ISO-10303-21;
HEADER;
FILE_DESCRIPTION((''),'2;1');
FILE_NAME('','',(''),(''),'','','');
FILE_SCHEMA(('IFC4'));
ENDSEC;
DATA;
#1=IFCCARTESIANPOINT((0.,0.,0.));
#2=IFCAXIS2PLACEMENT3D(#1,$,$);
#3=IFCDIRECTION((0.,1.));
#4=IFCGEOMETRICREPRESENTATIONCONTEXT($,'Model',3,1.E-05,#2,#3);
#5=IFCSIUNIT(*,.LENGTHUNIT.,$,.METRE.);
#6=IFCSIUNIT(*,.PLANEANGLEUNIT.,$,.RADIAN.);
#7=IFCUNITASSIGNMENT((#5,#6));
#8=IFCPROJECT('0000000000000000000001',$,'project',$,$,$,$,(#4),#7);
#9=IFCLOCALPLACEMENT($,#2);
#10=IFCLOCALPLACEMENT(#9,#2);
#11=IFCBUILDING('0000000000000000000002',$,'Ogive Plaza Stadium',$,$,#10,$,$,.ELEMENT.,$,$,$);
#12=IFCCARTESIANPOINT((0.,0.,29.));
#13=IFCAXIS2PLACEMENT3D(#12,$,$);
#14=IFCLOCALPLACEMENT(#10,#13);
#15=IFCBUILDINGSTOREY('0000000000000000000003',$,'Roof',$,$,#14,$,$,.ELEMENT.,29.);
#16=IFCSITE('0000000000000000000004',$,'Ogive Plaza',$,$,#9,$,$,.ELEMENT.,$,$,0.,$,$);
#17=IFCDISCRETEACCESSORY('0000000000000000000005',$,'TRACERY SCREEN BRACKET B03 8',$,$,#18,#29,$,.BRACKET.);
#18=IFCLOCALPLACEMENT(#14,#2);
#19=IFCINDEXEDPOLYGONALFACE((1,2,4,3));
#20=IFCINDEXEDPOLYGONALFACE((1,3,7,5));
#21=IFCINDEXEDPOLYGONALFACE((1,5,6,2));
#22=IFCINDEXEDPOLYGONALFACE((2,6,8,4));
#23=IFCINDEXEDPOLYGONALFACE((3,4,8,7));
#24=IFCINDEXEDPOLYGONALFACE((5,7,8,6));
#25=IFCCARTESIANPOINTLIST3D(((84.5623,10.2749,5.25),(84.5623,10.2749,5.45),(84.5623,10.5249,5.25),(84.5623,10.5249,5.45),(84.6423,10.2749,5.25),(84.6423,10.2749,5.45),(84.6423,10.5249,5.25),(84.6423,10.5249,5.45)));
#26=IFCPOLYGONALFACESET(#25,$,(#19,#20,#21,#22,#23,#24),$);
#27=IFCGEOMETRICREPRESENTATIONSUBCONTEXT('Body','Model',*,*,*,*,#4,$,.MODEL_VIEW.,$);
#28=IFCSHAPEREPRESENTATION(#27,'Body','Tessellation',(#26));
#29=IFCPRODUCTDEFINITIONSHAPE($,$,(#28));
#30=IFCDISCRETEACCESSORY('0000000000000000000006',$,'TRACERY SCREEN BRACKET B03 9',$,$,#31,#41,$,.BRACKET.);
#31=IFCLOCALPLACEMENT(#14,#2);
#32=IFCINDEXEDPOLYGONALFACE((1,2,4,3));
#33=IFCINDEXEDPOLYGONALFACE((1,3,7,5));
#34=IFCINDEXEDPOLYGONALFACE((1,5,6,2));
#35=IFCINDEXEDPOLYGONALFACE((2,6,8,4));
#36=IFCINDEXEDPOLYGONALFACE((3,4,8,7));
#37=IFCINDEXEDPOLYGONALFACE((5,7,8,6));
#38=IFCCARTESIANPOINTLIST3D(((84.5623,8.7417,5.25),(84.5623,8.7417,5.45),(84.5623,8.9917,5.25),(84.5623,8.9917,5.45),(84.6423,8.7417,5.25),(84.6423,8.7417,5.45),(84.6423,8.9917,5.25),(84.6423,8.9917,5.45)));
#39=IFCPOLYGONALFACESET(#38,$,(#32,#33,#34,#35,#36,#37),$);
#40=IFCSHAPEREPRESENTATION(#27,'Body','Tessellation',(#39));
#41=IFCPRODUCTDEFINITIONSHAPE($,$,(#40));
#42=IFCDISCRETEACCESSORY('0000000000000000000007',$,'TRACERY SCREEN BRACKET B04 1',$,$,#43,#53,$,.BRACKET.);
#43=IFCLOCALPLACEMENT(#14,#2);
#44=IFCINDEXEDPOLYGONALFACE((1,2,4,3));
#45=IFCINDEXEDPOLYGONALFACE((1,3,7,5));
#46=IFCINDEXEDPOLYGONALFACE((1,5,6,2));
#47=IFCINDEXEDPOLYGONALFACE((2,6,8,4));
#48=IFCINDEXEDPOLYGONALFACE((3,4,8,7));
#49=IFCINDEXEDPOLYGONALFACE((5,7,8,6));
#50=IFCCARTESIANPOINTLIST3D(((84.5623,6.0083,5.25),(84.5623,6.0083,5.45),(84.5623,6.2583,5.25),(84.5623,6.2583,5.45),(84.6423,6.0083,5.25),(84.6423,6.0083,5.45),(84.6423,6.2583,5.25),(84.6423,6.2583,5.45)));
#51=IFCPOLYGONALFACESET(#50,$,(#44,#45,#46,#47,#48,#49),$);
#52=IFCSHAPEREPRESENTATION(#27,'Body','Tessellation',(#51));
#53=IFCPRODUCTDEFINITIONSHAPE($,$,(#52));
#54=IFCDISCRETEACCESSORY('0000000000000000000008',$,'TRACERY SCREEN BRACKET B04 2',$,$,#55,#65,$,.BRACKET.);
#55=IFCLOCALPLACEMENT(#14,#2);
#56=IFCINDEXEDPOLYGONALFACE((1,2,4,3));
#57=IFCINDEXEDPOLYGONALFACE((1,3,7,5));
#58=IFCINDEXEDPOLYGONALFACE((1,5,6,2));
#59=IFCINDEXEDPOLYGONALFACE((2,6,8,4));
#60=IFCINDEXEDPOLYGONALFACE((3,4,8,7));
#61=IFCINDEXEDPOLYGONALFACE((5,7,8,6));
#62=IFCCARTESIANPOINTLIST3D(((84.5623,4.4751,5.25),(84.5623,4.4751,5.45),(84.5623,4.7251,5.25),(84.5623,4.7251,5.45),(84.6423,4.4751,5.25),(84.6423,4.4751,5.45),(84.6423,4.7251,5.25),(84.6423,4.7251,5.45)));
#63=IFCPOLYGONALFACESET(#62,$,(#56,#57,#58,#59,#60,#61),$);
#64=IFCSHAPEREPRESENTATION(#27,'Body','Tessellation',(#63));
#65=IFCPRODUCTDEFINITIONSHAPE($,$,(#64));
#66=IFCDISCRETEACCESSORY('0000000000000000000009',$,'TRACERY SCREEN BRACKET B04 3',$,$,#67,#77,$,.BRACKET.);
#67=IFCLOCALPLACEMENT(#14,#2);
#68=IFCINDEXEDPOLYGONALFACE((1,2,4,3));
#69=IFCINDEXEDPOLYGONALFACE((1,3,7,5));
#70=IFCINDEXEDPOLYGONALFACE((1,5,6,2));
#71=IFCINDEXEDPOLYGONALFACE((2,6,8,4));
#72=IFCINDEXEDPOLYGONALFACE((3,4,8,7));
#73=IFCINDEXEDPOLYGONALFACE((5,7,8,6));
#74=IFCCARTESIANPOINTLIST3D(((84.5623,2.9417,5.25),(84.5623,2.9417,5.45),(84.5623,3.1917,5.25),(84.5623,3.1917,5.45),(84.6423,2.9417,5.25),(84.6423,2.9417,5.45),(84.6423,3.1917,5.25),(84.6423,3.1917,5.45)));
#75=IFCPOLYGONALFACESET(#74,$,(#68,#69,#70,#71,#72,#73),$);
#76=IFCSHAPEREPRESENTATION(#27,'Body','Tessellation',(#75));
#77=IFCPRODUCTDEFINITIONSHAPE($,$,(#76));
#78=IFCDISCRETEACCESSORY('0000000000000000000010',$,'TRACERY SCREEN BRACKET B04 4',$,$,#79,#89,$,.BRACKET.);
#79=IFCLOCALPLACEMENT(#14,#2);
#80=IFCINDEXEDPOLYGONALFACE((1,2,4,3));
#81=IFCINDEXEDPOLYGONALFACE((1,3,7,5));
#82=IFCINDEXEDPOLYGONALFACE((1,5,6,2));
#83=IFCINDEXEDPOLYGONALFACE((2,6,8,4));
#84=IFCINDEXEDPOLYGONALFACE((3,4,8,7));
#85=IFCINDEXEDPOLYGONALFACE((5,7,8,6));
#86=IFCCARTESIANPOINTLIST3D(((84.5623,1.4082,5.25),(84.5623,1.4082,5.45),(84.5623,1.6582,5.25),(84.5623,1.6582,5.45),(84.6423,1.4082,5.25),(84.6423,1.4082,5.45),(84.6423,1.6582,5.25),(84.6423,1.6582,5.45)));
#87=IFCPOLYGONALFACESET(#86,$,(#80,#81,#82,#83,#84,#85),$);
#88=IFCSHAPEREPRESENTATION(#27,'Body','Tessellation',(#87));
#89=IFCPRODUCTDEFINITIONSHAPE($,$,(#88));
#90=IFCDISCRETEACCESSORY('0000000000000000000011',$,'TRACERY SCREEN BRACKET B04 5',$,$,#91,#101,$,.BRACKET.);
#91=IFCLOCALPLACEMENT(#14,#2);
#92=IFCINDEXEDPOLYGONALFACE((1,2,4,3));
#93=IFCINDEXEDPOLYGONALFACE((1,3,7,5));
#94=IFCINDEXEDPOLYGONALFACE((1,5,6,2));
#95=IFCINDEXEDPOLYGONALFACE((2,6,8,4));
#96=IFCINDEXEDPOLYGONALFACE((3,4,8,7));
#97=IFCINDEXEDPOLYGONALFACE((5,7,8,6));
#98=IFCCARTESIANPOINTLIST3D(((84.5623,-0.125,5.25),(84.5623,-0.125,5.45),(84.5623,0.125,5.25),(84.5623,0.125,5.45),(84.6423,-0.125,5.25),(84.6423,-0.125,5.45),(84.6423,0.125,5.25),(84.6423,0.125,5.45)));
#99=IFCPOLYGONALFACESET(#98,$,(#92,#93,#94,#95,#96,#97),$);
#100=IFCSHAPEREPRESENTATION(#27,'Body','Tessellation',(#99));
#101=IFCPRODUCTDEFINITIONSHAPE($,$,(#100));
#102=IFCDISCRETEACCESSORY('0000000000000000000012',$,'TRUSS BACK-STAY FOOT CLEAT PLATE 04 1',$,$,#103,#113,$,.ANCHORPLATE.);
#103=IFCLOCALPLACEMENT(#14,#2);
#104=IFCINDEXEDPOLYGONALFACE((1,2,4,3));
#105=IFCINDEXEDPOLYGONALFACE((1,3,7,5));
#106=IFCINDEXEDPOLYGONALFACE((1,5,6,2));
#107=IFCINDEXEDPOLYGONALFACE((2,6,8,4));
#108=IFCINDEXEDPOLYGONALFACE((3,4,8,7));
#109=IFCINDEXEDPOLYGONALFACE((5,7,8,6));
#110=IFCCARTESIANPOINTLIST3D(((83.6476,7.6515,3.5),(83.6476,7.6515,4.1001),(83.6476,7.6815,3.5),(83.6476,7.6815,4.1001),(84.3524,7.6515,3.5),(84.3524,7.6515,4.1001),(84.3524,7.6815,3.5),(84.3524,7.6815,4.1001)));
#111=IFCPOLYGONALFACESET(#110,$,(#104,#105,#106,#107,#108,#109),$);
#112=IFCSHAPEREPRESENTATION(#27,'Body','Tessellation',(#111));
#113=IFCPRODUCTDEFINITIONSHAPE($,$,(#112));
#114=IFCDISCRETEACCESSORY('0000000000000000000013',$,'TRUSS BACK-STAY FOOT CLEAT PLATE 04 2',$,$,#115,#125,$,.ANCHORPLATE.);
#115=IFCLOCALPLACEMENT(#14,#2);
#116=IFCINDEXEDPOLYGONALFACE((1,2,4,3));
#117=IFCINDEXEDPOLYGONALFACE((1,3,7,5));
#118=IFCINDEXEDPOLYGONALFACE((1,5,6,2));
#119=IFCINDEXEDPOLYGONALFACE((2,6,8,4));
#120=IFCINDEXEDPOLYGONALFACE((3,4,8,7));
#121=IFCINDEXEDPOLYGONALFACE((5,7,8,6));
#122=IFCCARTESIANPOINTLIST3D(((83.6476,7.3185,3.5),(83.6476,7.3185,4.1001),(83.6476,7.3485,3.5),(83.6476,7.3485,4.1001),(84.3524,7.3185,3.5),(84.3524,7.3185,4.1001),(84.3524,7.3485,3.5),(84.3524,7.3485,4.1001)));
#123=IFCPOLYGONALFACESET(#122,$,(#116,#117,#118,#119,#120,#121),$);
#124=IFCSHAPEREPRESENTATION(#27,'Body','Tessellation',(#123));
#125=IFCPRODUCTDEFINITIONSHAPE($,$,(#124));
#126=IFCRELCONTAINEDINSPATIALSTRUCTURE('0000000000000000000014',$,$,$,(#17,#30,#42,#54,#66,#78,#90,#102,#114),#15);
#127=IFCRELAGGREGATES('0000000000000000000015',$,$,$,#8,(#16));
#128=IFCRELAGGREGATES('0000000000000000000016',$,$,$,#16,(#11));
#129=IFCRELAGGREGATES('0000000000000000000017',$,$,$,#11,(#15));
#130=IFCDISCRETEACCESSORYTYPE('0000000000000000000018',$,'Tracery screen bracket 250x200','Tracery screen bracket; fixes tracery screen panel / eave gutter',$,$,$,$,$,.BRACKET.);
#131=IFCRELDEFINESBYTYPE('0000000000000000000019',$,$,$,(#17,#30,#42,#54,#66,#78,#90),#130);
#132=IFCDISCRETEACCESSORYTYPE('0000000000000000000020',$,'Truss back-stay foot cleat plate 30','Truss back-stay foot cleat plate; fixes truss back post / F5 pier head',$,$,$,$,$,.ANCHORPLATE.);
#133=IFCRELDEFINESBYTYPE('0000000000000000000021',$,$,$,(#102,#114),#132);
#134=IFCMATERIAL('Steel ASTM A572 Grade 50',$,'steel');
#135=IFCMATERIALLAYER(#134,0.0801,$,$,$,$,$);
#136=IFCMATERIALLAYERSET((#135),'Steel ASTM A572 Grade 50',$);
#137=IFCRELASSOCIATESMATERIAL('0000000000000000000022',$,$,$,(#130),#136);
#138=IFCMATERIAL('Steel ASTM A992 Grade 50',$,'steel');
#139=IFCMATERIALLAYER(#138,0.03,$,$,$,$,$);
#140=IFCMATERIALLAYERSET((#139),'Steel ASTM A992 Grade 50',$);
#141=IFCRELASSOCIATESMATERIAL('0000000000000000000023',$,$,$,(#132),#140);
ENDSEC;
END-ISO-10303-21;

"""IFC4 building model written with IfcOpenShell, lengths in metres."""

from ifc_helpers import new_model, si_unit, direction, frame, origin, origin_2d, place, context, subcontext, project, spatial, rectangle, extrude, material, layer, layer_set, type_object, element, save


model = new_model("IFC4")

# Units and contexts
model_context = context("Model", 3, precision=1e-05, world=origin(), true_north=direction((0.0, 1.0)))
body_context = subcontext(model_context, "Body", "Model", "MODEL_VIEW")
ifc_project = project(units=[si_unit("LENGTHUNIT", "METRE"), si_unit("PLANEANGLEUNIT", "RADIAN")], contexts=[model_context])

# Site, building, storey
site_placement = place(None, origin())
site = spatial("IfcSite", under=ifc_project, at=site_placement, Name="Ogive Plaza", CompositionType="ELEMENT", RefElevation=0.0)
building_placement = place(site_placement, origin())
building = spatial("IfcBuilding", under=site, at=building_placement, Name="Ogive Plaza Stadium", CompositionType="ELEMENT")
storey_placement = place(building_placement, frame((0.0, 0.0, 29.0)))
storey = spatial("IfcBuildingStorey", under=building, at=storey_placement, Name="Roof", CompositionType="ELEMENT", Elevation=29.0)

# Discrete accessories
ifc_material_1 = material(Name="Steel ASTM A572 Grade 50", Category="steel")
ifc_layer_1 = layer(ifc_material_1, 0.0801)
ifc_layer_set_1 = layer_set([ifc_layer_1], Name="Steel ASTM A572 Grade 50")
discrete_accessory_type_1 = type_object("IfcDiscreteAccessoryType", Name="Tracery screen bracket 250x200", Description="Tracery screen bracket; fixes tracery screen panel / eave gutter", PredefinedType="BRACKET", material=ifc_layer_set_1)
for number, where, z_axis, x_axis, name in (
    (1, (84.6023, 10.3999, 5.25), (0.0, 0.0, 1.0), (0.0, -1.0, 0.0), "TRACERY SCREEN BRACKET B03 8"),
    (2, (84.6023, 8.8667, 5.25), (0.0, 0.0, 1.0), (0.0, -1.0, 0.0), "TRACERY SCREEN BRACKET B03 9"),
    (3, (84.6023, 6.1333, 5.25), (0.0, 0.0, 1.0), (0.0, -1.0, 0.0), "TRACERY SCREEN BRACKET B04 1"),
    (4, (84.6023, 4.6001, 5.25), (0.0, 0.0, 1.0), (0.0, -1.0, 0.0), "TRACERY SCREEN BRACKET B04 2"),
    (5, (84.6023, 3.0667, 5.25), (0.0, 0.0, 1.0), (0.0, -1.0, 0.0), "TRACERY SCREEN BRACKET B04 3"),
    (6, (84.6023, 1.5332, 5.25), (0.0, 0.0, 1.0), (0.0, -1.0, 0.0), "TRACERY SCREEN BRACKET B04 4"),
    (7, (84.6023, 0.0, 5.25), (0.0, 0.0, 1.0), (0.0, -1.0, 0.0), "TRACERY SCREEN BRACKET B04 5"),
):
    element("IfcDiscreteAccessory", number, at=place(storey_placement, frame(where, z_axis=z_axis, x_axis=x_axis)), inside=storey, type_object=discrete_accessory_type_1, Name=name, PredefinedType="BRACKET", context=body_context, shape_type="SweptSolid", body=[
        extrude(rectangle(XDim=0.25, YDim=0.0801, at=origin_2d()), origin(), (0.0, 0.0, 1.0), 0.2),
    ])
ifc_material_2 = material(Name="Steel ASTM A992 Grade 50", Category="steel")
ifc_layer_2 = layer(ifc_material_2, 0.03)
ifc_layer_set_2 = layer_set([ifc_layer_2], Name="Steel ASTM A992 Grade 50")
discrete_accessory_type_2 = type_object("IfcDiscreteAccessoryType", Name="Truss back-stay foot cleat plate 30", Description="Truss back-stay foot cleat plate; fixes truss back post / F5 pier head", PredefinedType="ANCHORPLATE", material=ifc_layer_set_2)
for number, where, z_axis, x_axis, name in (
    (8, (84.0, 7.6665, 3.5), (0.0, 0.0, 1.0), (1.0, 0.0, 0.0), "TRUSS BACK-STAY FOOT CLEAT PLATE 04 1"),
    (9, (84.0, 7.3335, 3.5), (0.0, 0.0, 1.0), (1.0, 0.0, 0.0), "TRUSS BACK-STAY FOOT CLEAT PLATE 04 2"),
):
    element("IfcDiscreteAccessory", number, at=place(storey_placement, frame(where, z_axis=z_axis, x_axis=x_axis)), inside=storey, type_object=discrete_accessory_type_2, Name=name, PredefinedType="ANCHORPLATE", context=body_context, shape_type="SweptSolid", body=[
        extrude(rectangle(XDim=0.7048, YDim=0.03, at=origin_2d()), origin(), (0.0, 0.0, 1.0), 0.6001),
    ])

save(model, "model.ifc")
